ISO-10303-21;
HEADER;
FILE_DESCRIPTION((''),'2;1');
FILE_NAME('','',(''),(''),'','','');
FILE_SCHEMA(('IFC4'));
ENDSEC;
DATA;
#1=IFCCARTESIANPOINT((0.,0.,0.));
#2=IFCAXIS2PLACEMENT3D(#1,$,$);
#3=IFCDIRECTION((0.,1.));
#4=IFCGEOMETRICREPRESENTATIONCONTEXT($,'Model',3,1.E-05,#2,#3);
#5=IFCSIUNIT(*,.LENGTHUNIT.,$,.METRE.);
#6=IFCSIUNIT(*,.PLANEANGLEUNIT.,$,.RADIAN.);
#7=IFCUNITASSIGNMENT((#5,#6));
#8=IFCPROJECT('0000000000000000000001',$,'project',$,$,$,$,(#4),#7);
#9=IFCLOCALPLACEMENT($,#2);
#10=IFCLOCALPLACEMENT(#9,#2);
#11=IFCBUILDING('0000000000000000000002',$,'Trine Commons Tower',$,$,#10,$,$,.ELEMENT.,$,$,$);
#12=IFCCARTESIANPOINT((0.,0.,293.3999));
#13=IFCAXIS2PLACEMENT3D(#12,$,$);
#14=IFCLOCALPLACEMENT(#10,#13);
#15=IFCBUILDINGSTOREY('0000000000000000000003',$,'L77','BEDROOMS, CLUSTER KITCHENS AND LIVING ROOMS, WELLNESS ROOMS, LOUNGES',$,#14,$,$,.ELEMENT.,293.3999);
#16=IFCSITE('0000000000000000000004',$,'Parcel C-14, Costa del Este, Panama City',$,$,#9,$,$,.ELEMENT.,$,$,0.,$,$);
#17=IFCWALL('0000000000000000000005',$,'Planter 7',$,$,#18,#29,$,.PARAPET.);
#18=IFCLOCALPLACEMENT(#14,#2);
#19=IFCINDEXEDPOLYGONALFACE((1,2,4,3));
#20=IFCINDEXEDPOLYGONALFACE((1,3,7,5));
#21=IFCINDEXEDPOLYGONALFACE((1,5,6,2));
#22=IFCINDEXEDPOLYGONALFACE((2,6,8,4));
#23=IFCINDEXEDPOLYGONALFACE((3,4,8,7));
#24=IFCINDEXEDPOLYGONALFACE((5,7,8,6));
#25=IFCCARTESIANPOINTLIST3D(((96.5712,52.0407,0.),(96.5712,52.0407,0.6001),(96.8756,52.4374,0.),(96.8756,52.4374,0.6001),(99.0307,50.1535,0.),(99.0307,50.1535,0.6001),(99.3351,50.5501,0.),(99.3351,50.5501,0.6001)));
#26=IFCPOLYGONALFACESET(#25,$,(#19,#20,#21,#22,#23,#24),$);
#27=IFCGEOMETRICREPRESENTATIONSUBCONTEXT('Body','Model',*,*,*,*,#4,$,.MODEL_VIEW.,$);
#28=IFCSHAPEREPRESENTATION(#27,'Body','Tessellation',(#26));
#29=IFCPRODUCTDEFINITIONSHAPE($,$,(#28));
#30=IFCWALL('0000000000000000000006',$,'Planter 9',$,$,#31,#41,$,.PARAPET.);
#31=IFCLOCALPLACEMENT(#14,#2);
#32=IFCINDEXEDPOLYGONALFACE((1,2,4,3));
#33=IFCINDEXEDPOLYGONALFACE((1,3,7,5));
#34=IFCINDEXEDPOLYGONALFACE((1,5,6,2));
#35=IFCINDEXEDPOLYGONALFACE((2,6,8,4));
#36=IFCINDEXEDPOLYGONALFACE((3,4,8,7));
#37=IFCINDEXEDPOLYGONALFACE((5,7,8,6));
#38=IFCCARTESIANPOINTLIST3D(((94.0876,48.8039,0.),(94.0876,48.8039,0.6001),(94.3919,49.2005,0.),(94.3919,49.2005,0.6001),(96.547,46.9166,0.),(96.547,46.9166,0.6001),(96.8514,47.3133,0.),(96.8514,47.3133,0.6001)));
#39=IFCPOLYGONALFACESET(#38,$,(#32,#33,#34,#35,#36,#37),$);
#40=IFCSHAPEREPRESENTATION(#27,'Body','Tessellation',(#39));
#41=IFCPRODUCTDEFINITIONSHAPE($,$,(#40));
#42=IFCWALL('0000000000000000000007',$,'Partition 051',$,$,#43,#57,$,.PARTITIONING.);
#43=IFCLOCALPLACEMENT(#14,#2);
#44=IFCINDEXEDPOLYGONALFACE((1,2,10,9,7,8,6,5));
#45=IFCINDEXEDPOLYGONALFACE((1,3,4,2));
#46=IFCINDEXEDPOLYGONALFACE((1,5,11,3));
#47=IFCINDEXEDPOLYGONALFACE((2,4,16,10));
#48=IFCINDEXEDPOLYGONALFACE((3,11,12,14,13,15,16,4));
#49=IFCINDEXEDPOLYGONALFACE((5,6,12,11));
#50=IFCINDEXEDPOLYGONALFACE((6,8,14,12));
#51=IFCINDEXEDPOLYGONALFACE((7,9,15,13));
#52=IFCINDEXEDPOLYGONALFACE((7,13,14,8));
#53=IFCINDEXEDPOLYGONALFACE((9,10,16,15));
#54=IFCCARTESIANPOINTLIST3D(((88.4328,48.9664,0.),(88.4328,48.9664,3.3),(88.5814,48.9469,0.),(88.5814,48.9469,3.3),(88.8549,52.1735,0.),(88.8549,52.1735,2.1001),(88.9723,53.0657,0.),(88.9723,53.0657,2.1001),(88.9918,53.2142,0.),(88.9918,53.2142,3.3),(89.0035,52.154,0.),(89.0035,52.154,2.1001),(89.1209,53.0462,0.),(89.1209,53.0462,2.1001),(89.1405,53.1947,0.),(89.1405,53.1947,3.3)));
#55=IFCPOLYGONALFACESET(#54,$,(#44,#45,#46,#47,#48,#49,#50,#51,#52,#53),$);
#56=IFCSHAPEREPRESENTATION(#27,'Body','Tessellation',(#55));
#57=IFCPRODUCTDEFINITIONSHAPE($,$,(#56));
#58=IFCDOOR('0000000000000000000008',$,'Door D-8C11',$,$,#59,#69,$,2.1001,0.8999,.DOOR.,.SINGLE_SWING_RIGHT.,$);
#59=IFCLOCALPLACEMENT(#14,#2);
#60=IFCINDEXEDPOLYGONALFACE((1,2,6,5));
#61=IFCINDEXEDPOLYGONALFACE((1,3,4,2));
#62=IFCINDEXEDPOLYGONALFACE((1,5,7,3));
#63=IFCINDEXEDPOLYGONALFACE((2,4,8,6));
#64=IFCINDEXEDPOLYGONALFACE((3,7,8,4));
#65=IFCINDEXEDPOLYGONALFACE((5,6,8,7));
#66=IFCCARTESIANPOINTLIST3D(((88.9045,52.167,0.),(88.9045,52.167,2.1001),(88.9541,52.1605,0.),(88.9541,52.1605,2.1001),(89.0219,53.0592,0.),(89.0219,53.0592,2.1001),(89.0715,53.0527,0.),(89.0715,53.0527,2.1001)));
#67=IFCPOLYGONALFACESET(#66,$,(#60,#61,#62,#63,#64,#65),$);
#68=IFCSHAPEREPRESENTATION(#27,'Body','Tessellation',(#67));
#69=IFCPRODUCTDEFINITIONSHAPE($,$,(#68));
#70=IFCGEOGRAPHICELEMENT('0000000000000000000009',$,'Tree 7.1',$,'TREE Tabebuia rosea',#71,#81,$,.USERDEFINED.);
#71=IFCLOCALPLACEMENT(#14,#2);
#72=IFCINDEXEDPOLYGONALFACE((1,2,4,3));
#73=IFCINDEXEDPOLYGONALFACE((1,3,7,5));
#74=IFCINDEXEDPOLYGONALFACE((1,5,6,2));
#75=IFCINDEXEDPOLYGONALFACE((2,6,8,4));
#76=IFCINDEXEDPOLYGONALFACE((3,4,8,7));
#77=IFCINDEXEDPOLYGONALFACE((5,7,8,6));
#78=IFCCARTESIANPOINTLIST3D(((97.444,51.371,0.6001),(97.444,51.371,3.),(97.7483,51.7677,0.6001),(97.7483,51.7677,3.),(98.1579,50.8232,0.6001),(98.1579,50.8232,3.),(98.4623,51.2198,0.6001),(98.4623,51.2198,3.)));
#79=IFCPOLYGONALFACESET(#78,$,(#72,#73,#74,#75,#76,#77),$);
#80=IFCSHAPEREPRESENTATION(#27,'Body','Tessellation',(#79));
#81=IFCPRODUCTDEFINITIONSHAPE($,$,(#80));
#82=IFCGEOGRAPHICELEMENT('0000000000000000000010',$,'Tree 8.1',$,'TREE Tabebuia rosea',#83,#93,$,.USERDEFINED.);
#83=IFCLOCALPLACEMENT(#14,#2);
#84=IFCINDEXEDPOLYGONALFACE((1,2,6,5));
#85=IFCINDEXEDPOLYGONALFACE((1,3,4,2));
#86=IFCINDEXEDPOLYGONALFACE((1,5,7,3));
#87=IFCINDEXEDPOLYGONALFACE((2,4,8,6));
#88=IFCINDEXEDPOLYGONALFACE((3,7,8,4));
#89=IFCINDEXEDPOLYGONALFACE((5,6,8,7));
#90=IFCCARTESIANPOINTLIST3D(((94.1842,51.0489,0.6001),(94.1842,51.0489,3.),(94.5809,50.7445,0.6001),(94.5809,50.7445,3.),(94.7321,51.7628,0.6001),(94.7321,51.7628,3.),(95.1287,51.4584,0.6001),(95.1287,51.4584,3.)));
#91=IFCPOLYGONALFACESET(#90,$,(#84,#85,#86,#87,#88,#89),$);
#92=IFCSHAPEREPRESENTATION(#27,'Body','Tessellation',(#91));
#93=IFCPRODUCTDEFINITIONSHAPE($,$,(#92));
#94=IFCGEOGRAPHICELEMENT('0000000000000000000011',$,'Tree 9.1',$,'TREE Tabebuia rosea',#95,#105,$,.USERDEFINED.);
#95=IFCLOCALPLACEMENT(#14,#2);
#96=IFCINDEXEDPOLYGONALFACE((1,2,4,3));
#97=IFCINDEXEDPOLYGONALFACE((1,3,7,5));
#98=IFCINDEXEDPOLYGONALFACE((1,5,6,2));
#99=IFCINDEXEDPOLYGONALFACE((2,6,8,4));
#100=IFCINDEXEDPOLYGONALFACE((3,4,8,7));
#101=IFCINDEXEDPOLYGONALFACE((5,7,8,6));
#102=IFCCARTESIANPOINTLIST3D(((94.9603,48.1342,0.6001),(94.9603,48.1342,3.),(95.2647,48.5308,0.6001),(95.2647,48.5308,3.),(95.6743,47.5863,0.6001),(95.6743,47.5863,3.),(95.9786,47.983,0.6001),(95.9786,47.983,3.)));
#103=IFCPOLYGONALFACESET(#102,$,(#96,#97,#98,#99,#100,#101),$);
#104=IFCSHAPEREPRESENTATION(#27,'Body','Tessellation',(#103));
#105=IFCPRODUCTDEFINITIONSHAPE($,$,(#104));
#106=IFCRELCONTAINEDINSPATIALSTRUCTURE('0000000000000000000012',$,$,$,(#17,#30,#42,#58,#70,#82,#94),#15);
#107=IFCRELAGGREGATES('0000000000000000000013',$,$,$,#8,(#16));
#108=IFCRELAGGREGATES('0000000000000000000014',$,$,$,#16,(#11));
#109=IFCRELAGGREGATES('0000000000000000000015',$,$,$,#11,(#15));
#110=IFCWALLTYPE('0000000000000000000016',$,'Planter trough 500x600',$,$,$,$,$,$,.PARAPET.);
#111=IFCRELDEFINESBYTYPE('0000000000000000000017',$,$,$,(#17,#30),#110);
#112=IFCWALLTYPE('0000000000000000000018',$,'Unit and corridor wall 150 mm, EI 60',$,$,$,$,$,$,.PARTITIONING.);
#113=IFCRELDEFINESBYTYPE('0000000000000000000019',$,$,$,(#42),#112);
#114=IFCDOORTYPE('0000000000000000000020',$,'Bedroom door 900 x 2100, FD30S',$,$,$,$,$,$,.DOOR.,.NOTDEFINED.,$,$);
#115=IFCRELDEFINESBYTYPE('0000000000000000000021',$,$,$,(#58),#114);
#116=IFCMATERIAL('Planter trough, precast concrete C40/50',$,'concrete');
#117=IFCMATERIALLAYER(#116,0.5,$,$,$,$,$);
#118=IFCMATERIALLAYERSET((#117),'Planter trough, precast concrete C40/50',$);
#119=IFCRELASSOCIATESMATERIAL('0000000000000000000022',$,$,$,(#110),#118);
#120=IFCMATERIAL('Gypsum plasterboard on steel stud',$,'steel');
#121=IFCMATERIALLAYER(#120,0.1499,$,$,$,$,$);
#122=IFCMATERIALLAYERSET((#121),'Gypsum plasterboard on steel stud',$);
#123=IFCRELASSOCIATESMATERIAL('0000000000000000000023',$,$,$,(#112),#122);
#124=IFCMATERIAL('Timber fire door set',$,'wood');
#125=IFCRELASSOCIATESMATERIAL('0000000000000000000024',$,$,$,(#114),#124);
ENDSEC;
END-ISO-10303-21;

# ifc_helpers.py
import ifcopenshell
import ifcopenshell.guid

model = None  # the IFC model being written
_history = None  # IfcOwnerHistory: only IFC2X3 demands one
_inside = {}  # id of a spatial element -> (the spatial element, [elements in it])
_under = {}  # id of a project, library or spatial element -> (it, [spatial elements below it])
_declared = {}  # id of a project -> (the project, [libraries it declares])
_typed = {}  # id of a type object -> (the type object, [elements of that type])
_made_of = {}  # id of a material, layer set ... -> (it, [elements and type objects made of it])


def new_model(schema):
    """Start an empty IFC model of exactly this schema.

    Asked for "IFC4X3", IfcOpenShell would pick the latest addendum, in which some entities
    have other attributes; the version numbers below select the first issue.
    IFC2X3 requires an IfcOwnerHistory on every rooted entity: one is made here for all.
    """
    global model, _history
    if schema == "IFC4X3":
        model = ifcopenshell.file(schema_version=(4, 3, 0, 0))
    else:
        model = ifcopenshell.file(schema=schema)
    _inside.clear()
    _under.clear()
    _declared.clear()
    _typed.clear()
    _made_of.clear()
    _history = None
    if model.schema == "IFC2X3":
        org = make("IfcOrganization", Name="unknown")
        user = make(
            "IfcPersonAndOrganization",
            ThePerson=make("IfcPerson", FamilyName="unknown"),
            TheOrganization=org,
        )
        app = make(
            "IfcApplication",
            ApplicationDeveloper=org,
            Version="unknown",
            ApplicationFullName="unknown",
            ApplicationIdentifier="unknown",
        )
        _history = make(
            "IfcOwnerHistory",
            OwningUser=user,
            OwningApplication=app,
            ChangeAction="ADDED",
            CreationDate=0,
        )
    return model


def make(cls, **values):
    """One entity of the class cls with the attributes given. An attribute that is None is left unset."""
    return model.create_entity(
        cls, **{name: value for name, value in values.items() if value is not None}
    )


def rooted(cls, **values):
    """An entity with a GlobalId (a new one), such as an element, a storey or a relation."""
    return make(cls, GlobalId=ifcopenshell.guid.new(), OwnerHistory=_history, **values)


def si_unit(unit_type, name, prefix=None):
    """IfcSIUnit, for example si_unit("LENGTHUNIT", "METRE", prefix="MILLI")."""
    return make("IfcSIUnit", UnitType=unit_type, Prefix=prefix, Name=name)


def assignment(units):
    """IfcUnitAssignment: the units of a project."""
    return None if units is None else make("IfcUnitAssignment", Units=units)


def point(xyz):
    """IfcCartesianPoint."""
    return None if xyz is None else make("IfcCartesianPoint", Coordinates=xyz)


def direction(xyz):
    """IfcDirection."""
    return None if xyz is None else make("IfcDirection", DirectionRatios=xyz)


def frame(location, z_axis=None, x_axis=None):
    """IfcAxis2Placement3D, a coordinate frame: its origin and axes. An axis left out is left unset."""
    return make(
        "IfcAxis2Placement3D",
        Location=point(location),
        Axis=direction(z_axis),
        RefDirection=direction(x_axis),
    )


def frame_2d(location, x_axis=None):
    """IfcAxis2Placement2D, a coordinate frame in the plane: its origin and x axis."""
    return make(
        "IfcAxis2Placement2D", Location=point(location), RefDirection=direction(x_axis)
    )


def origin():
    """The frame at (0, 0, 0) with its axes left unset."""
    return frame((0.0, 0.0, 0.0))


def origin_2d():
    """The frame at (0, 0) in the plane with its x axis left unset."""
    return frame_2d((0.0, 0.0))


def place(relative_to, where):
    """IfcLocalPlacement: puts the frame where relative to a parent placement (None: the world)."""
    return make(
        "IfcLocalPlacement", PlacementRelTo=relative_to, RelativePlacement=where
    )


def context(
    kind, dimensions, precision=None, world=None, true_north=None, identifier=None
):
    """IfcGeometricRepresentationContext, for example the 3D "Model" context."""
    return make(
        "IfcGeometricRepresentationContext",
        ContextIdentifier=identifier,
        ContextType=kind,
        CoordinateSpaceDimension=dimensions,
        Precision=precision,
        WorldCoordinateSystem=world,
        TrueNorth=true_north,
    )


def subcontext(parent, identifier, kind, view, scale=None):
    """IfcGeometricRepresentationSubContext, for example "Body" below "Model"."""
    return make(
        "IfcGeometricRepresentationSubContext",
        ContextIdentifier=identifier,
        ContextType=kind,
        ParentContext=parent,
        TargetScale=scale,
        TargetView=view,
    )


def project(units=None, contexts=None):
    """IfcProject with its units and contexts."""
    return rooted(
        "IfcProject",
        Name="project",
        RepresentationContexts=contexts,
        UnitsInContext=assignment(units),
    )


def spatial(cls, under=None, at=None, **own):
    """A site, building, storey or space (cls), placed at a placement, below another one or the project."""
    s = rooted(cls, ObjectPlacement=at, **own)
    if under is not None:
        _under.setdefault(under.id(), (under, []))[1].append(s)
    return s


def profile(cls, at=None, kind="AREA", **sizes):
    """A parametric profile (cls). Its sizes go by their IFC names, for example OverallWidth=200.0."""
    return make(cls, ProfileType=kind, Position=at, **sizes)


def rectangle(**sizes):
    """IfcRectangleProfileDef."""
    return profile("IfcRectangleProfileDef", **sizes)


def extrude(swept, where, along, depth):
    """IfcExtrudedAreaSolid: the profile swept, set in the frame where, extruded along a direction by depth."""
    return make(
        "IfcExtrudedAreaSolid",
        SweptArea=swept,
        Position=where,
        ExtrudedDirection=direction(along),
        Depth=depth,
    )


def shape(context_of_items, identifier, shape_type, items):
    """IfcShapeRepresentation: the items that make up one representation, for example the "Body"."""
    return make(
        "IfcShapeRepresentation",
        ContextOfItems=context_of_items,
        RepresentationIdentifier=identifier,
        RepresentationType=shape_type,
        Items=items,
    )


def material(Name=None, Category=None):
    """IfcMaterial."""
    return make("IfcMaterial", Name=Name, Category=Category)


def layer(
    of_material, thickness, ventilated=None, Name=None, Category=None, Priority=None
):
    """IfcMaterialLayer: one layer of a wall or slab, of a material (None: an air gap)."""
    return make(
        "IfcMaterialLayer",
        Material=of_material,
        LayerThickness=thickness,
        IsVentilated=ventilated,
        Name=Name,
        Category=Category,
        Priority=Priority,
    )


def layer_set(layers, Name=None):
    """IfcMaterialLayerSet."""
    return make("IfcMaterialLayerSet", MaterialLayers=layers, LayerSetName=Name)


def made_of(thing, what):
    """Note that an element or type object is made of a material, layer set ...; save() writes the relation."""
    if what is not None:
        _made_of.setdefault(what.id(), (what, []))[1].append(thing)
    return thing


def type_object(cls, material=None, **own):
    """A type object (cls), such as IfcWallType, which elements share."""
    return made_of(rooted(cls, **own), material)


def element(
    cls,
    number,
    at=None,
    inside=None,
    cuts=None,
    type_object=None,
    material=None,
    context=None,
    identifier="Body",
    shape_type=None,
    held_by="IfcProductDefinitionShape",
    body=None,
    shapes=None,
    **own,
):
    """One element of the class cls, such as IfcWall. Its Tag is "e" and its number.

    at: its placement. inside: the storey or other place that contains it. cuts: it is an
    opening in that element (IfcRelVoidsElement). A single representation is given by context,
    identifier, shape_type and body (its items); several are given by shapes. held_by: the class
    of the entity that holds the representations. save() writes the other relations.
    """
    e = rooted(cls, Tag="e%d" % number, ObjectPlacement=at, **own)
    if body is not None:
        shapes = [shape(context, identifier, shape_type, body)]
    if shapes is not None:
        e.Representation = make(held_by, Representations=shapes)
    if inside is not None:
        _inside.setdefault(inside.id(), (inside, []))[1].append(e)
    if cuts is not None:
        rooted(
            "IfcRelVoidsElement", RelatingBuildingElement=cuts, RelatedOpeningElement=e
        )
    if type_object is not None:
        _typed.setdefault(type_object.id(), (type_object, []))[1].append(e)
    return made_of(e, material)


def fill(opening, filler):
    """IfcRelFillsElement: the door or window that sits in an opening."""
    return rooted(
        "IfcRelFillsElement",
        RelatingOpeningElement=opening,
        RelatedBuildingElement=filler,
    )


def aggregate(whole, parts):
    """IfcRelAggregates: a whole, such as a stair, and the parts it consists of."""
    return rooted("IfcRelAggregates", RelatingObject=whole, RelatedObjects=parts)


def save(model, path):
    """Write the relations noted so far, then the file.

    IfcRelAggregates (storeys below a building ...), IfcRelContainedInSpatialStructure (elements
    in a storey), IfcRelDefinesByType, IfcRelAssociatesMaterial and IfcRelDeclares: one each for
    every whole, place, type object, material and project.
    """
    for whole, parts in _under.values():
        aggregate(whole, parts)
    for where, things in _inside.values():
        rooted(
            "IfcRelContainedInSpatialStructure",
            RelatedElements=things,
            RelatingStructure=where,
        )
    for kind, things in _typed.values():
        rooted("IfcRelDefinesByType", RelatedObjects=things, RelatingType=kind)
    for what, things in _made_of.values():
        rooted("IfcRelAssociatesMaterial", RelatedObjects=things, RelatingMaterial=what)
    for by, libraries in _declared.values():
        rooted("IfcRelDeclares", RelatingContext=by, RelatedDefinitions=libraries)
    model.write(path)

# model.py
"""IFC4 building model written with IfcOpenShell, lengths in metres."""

from ifc_helpers import new_model, si_unit, direction, frame, frame_2d, origin, origin_2d, place, context, subcontext, project, spatial, rectangle, extrude, material, layer, layer_set, type_object, element, fill, save


model = new_model("IFC4")

# Units and contexts
model_context = context("Model", 3, precision=1e-05, world=origin(), true_north=direction((0.0, 1.0)))
body_context = subcontext(model_context, "Body", "Model", "MODEL_VIEW")
ifc_project = project(units=[si_unit("LENGTHUNIT", "METRE"), si_unit("PLANEANGLEUNIT", "RADIAN")], contexts=[model_context])

# Site, building, storey
site_placement = place(None, origin())
site = spatial("IfcSite", under=ifc_project, at=site_placement, Name="Parcel C-14, Costa del Este, Panama City", CompositionType="ELEMENT", RefElevation=0.0)
building_placement = place(site_placement, origin())
building = spatial("IfcBuilding", under=site, at=building_placement, Name="Trine Commons Tower", CompositionType="ELEMENT")
storey_placement = place(building_placement, frame((0.0, 0.0, 293.3999)))
storey = spatial("IfcBuildingStorey", under=building, at=storey_placement, Name="L77", Description="BEDROOMS, CLUSTER KITCHENS AND LIVING ROOMS, WELLNESS ROOMS, LOUNGES", CompositionType="ELEMENT", Elevation=293.3999)

# Walls
ifc_material_1 = material(Name="Planter trough, precast concrete C40/50", Category="concrete")
ifc_layer_1 = layer(ifc_material_1, 0.5)
ifc_layer_set_1 = layer_set([ifc_layer_1], Name="Planter trough, precast concrete C40/50")
wall_type_1 = type_object("IfcWallType", Name="Planter trough 500x600", PredefinedType="PARAPET", material=ifc_layer_set_1)
for number, where, z_axis, x_axis, name in (
    (1, (99.1829, 50.3518, 0.0), (0.0, 0.0, 1.0), (-0.793355, 0.608759, 0.0), "Planter 7"),
    (2, (94.2397, 49.0022, 0.0), (0.0, 0.0, 1.0), (0.793355, -0.608759, 0.0), "Planter 9"),
):
    element("IfcWall", number, at=place(storey_placement, frame(where, z_axis=z_axis, x_axis=x_axis)), inside=storey, type_object=wall_type_1, Name=name, PredefinedType="PARAPET", context=body_context, shape_type="SweptSolid", body=[
        extrude(rectangle(XDim=3.1001, YDim=0.5, at=frame_2d((1.55, 0.0))), origin(), (0.0, 0.0, 1.0), 0.6001),
    ])

# Wall, opening, door
ifc_material_2 = material(Name="Gypsum plasterboard on steel stud", Category="steel")
ifc_layer_2 = layer(ifc_material_2, 0.1499)
ifc_layer_set_2 = layer_set([ifc_layer_2], Name="Gypsum plasterboard on steel stud")
wall_type_2 = type_object("IfcWallType", Name="Unit and corridor wall 150 mm, EI 60", PredefinedType="PARTITIONING", material=ifc_layer_set_2)
wall_1_placement = place(storey_placement, frame((88.5071, 48.9568, 0.0), z_axis=(0.0, 0.0, 1.0), x_axis=(0.130491, 0.991449, 0.0)))
wall_1 = element("IfcWall", 3, at=wall_1_placement, inside=storey, type_object=wall_type_2, Name="Partition 051", PredefinedType="PARTITIONING", context=body_context, shape_type="SweptSolid", body=[
    extrude(rectangle(XDim=4.2844, YDim=0.1499, at=frame_2d((2.1421, 0.0))), origin(), (0.0, 0.0, 1.0), 3.3),
])
opening_1_placement = place(wall_1_placement, frame((3.2346, 0.0, 0.0)))
opening_1 = element("IfcOpeningElement", 4, at=opening_1_placement, cuts=wall_1, PredefinedType="OPENING", context=body_context, shape_type="SweptSolid", body=[
    extrude(rectangle(XDim=0.8999, YDim=2.1001, at=frame_2d((0.45, 1.05))), frame((0.0, 0.085, 0.0), z_axis=(0.0, -1.0, 0.0), x_axis=(1.0, 0.0, 0.0)), (0.0, 0.0, 1.0), 0.1699),
])
ifc_material_3 = material(Name="Timber fire door set", Category="wood")
door_type_1 = type_object("IfcDoorType", Name="Bedroom door 900 x 2100, FD30S", OperationType="NOTDEFINED", PredefinedType="DOOR", material=ifc_material_3)
door_1_placement = place(opening_1_placement, origin())
door_1 = element("IfcDoor", 5, at=door_1_placement, inside=storey, type_object=door_type_1, Name="Door D-8C11", OperationType="SINGLE_SWING_RIGHT", OverallHeight=2.1001, OverallWidth=0.8999, PredefinedType="DOOR", context=body_context, shape_type="SweptSolid", body=[
    extrude(rectangle(XDim=0.8999, YDim=2.1001, at=frame_2d((0.45, 1.05))), frame((0.0, 0.0249, 0.0), z_axis=(0.0, -1.0, 0.0), x_axis=(1.0, 0.0, 0.0)), (0.0, 0.0, 1.0), 0.05),
])
fill(opening_1, door_1)

# Geographic elements
for number, where, z_axis, x_axis, name in (
    (6, (97.9531, 51.2954, 0.6001), (0.0, 0.0, 1.0), (-0.793348, 0.608768, 0.0), "Tree 7.1"),
    (7, (94.6565, 51.2537, 0.6001), (0.0, 0.0, 1.0), (-0.608764, -0.793351, 0.0), "Tree 8.1"),
    (8, (95.4695, 48.0586, 0.6001), (0.0, 0.0, 1.0), (0.793348, -0.608768, 0.0), "Tree 9.1"),
):
    element("IfcGeographicElement", number, at=place(storey_placement, frame(where, z_axis=z_axis, x_axis=x_axis)), inside=storey, Name=name, ObjectType="TREE Tabebuia rosea", PredefinedType="USERDEFINED", context=body_context, shape_type="SweptSolid", body=[
        extrude(rectangle(XDim=0.8999, YDim=0.5, at=origin_2d()), origin(), (0.0, 0.0, 1.0), 2.3999),
    ])

save(model, "model.ifc")
